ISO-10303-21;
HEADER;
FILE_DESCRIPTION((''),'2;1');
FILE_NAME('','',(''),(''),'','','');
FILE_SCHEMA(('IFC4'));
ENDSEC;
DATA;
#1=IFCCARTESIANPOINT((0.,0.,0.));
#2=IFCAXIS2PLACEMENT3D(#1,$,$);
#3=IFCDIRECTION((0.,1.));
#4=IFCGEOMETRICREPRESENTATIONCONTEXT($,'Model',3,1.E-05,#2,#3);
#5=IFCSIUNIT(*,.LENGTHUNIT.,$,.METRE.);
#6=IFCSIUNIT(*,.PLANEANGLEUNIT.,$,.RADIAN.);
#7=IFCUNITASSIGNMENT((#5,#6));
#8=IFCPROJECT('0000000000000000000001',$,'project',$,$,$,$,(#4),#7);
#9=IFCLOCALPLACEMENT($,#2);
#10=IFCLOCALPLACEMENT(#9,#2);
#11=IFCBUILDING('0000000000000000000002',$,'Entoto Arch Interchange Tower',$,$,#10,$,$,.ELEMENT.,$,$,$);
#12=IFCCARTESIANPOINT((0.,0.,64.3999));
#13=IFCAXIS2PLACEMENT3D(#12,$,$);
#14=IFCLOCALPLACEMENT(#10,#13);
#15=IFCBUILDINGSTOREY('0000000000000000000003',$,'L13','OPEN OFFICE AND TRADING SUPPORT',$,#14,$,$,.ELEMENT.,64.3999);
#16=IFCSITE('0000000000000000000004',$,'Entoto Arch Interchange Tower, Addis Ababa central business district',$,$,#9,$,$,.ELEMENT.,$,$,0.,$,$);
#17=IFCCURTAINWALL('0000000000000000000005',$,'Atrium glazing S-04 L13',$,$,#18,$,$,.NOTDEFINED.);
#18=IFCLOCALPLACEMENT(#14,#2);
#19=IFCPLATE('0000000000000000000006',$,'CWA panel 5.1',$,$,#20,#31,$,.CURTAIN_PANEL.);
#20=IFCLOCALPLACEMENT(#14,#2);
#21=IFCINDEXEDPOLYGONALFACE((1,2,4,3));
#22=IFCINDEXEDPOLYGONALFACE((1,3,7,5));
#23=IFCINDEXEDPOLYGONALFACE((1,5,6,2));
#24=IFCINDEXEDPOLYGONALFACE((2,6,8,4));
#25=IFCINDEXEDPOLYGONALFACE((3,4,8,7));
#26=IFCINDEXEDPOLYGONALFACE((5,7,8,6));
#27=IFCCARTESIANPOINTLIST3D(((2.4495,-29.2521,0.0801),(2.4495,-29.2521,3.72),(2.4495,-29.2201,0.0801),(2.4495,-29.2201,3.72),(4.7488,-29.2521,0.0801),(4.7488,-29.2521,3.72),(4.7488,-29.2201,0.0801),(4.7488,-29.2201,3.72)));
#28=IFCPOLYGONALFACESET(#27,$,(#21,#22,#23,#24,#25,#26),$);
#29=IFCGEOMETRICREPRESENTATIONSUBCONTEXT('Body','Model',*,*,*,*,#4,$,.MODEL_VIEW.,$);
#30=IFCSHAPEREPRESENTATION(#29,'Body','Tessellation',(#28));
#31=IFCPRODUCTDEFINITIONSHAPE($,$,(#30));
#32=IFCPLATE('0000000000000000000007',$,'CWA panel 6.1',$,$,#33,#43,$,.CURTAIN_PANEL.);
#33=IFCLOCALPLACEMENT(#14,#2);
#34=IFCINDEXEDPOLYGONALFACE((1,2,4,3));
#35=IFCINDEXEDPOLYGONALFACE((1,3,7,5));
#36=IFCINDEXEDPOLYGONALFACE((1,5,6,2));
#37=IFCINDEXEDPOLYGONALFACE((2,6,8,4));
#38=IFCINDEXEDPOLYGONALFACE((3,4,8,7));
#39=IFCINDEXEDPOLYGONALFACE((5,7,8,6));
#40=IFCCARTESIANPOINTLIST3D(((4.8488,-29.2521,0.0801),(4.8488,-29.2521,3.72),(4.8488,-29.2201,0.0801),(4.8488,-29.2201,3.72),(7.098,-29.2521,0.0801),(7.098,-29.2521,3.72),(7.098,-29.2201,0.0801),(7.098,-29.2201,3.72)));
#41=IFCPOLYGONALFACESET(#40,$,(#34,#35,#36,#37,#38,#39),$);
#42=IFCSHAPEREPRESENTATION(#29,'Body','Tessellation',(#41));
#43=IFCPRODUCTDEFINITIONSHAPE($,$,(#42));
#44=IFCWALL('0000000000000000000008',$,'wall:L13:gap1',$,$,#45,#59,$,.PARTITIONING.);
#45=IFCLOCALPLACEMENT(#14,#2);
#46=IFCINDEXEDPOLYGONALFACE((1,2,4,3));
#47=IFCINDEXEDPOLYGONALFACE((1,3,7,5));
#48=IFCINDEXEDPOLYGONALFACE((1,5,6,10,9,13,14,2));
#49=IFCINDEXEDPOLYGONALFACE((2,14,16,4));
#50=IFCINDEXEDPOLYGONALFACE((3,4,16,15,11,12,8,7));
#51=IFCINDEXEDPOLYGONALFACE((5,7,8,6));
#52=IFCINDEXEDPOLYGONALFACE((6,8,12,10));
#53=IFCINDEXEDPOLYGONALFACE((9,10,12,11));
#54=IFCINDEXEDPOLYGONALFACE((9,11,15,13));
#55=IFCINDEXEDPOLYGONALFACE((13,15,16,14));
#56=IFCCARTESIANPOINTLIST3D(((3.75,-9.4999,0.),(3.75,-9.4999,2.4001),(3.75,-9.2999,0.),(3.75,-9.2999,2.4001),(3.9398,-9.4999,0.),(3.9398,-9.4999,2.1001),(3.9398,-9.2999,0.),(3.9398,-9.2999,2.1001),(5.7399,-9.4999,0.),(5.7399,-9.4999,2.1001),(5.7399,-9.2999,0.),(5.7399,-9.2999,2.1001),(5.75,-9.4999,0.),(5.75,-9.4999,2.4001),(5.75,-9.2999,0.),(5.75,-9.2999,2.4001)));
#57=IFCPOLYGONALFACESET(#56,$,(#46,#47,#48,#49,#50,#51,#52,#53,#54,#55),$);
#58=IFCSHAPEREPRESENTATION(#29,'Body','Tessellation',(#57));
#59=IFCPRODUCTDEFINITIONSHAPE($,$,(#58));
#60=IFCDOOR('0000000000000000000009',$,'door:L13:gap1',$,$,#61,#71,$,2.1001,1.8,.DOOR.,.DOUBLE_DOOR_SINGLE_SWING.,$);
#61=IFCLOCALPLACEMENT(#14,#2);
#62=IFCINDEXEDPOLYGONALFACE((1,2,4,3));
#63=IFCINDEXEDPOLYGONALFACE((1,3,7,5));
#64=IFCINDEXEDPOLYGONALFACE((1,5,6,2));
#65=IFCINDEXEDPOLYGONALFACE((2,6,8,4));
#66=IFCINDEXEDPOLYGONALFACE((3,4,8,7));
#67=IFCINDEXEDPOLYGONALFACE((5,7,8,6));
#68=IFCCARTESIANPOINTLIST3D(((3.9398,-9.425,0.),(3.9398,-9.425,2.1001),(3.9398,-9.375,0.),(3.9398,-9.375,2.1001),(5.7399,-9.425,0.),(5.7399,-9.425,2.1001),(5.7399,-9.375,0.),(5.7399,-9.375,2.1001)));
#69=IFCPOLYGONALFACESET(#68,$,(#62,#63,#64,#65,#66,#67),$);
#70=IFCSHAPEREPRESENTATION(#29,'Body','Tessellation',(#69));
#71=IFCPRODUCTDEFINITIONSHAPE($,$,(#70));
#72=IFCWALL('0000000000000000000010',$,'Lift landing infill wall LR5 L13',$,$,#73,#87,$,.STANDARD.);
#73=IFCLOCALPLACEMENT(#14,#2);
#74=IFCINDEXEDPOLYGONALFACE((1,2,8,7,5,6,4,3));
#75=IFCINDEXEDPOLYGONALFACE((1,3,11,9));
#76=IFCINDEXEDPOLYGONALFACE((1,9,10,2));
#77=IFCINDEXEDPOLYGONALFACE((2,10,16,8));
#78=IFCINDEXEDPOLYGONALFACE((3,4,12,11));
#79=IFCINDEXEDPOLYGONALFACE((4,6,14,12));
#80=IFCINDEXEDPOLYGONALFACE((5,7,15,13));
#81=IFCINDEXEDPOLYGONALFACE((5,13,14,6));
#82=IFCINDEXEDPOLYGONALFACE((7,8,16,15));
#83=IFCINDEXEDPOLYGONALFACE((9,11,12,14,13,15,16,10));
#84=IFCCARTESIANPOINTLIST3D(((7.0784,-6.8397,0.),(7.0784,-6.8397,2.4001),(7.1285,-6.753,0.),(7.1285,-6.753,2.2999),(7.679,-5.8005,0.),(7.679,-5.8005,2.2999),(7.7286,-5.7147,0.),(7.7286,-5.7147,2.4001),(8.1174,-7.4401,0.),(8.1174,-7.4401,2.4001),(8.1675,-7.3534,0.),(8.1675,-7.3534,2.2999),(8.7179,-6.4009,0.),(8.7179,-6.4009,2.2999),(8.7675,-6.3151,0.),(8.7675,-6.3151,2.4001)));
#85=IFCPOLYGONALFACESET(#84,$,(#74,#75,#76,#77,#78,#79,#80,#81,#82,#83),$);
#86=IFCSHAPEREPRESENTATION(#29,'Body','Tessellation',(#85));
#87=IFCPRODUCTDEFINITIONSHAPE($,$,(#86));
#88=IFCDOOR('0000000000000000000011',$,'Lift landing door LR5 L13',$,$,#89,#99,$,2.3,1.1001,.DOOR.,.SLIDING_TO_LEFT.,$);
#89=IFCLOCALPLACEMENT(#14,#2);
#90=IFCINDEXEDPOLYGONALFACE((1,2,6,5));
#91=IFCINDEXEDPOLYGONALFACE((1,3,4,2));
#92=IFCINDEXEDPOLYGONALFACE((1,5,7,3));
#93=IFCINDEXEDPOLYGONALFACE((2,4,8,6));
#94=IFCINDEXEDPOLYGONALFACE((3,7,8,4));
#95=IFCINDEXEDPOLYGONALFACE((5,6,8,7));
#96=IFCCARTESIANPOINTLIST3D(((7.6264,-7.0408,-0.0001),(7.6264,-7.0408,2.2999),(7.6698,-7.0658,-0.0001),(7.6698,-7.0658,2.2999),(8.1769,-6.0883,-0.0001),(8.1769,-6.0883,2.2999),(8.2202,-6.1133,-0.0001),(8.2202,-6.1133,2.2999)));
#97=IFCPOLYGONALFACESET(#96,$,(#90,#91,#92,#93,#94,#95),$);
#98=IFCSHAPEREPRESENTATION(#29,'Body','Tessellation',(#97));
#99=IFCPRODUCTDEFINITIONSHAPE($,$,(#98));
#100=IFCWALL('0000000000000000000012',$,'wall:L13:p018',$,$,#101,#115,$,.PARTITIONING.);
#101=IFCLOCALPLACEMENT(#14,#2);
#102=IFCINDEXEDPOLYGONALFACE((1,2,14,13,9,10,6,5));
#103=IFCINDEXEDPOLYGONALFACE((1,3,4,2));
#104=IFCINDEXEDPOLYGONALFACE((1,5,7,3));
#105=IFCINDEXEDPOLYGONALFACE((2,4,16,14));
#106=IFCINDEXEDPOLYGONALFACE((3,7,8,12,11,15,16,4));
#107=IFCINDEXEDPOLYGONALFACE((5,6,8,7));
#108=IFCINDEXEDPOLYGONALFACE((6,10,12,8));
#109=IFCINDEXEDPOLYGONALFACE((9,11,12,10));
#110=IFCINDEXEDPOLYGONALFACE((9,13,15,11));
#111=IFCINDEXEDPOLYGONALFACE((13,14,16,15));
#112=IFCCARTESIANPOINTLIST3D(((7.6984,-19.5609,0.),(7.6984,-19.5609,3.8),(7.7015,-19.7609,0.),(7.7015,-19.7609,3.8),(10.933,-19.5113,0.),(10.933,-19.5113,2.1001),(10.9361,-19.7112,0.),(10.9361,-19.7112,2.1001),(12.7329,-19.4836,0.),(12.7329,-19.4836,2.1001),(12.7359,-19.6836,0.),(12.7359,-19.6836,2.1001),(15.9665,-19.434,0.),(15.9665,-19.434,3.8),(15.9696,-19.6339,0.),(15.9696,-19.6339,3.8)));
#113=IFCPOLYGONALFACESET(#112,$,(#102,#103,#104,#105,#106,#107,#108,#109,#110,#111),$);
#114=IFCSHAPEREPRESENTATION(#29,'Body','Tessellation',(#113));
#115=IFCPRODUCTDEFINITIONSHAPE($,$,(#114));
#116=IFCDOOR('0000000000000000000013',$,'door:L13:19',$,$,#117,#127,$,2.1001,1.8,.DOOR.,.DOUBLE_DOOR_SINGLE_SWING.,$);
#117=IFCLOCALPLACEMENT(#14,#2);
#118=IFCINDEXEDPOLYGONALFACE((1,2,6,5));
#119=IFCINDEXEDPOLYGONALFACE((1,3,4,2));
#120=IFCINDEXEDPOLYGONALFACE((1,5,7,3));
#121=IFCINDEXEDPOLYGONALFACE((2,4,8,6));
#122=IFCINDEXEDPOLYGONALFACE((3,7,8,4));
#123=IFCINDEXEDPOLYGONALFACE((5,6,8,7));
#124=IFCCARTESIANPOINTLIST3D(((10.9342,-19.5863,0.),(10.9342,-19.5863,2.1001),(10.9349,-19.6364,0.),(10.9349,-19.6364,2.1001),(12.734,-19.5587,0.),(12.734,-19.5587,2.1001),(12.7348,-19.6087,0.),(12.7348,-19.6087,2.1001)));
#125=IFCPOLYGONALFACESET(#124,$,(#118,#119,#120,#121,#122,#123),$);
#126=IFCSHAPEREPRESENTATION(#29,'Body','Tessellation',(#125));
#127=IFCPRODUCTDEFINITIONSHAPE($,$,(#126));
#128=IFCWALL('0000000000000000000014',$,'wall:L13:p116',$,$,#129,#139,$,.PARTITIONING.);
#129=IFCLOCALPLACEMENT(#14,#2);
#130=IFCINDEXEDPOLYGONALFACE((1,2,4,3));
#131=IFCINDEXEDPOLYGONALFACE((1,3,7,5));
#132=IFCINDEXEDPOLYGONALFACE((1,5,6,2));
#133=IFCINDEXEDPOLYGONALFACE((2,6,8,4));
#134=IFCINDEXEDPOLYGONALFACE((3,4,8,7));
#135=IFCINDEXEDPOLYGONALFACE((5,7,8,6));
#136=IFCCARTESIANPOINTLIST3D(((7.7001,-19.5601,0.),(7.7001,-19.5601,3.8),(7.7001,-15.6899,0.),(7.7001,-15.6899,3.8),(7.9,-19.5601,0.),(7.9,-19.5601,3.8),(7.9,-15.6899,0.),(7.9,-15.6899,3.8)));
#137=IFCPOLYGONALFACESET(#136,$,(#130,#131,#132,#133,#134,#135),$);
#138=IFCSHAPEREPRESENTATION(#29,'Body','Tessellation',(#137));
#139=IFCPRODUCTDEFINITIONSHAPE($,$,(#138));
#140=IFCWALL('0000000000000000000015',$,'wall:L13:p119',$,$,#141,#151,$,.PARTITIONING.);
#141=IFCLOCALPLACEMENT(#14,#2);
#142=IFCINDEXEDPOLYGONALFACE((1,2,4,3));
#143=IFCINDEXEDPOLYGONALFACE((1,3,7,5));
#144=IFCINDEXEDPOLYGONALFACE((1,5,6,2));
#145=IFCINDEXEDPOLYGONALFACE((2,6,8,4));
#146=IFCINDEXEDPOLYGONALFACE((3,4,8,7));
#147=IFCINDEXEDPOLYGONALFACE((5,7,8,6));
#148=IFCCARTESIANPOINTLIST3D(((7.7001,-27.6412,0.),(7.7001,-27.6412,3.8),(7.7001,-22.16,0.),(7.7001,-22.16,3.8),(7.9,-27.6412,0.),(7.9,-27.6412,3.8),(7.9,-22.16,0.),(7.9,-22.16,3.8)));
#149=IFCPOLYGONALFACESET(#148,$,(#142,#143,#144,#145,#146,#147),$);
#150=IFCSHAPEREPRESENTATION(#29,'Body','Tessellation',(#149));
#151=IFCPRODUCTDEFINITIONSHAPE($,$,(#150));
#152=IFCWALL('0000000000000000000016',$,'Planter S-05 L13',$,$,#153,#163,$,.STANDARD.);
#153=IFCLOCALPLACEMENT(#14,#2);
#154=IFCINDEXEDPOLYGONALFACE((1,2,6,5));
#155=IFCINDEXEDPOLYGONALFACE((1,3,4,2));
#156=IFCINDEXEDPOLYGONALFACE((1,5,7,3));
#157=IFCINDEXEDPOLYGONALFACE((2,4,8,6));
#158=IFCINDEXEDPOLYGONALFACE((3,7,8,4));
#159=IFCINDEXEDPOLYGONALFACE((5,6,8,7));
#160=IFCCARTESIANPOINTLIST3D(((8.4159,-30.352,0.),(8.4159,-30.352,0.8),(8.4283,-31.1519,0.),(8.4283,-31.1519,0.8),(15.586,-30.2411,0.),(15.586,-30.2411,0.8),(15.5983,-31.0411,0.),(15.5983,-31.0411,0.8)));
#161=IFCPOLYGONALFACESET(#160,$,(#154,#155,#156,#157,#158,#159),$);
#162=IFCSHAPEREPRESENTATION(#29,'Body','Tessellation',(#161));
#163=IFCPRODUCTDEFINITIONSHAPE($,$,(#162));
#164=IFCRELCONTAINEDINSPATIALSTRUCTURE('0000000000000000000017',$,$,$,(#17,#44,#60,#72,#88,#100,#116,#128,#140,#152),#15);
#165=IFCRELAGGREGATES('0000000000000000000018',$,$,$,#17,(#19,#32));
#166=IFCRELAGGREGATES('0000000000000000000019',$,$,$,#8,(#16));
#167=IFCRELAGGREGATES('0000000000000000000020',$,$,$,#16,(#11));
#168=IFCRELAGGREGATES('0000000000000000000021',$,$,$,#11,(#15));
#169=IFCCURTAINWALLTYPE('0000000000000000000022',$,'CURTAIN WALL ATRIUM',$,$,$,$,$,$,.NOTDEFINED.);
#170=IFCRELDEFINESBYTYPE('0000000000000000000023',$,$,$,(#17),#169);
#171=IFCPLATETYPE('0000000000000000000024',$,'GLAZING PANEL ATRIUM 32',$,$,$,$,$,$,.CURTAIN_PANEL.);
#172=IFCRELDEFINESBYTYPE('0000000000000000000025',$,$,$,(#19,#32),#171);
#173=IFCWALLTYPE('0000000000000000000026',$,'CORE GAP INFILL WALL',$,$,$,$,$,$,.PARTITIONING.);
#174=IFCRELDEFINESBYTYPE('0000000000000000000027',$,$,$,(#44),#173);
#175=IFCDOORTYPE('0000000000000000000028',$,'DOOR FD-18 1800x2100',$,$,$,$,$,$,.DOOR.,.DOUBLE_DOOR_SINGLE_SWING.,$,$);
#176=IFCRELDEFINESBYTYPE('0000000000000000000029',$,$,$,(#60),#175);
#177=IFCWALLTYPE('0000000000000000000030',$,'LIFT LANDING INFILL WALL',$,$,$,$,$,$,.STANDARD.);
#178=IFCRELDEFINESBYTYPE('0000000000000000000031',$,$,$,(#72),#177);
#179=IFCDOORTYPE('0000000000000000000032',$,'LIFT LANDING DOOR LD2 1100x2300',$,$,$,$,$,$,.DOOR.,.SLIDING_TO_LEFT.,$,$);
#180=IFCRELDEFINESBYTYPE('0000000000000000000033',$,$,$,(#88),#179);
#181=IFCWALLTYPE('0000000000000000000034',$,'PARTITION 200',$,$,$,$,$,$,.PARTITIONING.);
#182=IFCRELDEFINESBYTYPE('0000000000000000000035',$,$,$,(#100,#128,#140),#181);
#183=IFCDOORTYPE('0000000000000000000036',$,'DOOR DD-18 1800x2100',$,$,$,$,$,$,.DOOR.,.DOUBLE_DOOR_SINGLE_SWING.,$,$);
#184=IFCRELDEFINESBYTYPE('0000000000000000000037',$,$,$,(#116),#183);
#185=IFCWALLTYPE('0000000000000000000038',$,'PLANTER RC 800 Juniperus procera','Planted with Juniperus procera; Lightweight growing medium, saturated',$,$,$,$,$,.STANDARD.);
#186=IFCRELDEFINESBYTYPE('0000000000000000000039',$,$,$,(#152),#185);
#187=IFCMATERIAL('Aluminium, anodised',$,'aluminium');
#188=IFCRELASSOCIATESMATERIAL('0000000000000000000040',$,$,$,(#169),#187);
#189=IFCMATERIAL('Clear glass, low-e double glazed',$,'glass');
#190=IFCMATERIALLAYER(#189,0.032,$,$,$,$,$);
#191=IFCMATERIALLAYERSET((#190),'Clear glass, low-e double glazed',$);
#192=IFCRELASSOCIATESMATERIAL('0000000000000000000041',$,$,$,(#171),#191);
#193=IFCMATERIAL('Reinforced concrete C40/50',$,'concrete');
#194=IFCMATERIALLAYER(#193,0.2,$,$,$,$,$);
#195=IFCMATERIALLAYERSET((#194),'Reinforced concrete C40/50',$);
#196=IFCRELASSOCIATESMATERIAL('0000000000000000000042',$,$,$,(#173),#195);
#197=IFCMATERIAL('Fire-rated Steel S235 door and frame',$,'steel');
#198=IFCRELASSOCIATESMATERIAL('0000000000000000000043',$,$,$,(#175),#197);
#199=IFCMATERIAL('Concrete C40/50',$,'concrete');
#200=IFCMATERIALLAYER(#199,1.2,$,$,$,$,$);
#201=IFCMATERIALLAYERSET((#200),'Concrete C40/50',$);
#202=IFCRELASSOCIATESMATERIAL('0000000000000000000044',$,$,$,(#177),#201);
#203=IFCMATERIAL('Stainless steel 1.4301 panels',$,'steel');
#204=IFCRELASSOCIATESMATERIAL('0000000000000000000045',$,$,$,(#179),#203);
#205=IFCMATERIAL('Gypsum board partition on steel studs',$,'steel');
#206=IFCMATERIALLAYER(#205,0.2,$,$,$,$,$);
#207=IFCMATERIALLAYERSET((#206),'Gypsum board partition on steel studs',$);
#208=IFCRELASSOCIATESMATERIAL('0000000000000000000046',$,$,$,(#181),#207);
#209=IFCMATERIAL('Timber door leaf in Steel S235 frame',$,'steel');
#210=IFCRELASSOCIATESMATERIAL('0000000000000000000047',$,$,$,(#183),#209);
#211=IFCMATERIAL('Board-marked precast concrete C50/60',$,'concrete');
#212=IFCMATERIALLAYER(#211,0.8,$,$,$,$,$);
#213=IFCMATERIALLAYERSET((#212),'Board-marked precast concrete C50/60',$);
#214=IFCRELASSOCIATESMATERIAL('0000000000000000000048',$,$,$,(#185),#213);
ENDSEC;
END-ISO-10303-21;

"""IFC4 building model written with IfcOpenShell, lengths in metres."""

from ifc_helpers import new_model, si_unit, direction, frame, frame_2d, origin, origin_2d, place, context, subcontext, project, spatial, rectangle, extrude, material, layer, layer_set, type_object, element, fill, aggregate, save


model = new_model("IFC4")

# Units and contexts
model_context = context("Model", 3, precision=1e-05, world=origin(), true_north=direction((0.0, 1.0)))
body_context = subcontext(model_context, "Body", "Model", "MODEL_VIEW")
ifc_project = project(units=[si_unit("LENGTHUNIT", "METRE"), si_unit("PLANEANGLEUNIT", "RADIAN")], contexts=[model_context])

# Site, building, storey
site_placement = place(None, origin())
site = spatial("IfcSite", under=ifc_project, at=site_placement, Name="Entoto Arch Interchange Tower, Addis Ababa central business district", CompositionType="ELEMENT", RefElevation=0.0)
building_placement = place(site_placement, origin())
building = spatial("IfcBuilding", under=site, at=building_placement, Name="Entoto Arch Interchange Tower", CompositionType="ELEMENT")
storey_placement = place(building_placement, frame((0.0, 0.0, 64.3999)))
storey = spatial("IfcBuildingStorey", under=building, at=storey_placement, Name="L13", Description="OPEN OFFICE AND TRADING SUPPORT", CompositionType="ELEMENT", Elevation=64.3999)

# Curtain wall, plates
ifc_material_1 = material(Name="Aluminium, anodised", Category="aluminium")
curtain_wall_type = type_object("IfcCurtainWallType", Name="CURTAIN WALL ATRIUM", PredefinedType="NOTDEFINED", material=ifc_material_1)
curtain_wall_placement = place(storey_placement, origin())
curtain_wall = element("IfcCurtainWall", 1, at=curtain_wall_placement, inside=storey, type_object=curtain_wall_type, Name="Atrium glazing S-04 L13", PredefinedType="NOTDEFINED")
ifc_material_2 = material(Name="Clear glass, low-e double glazed", Category="glass")
ifc_layer_1 = layer(ifc_material_2, 0.032)
ifc_layer_set_1 = layer_set([ifc_layer_1], Name="Clear glass, low-e double glazed")
plate_type = type_object("IfcPlateType", Name="GLAZING PANEL ATRIUM 32", PredefinedType="CURTAIN_PANEL", material=ifc_layer_set_1)
plate_1_placement = place(storey_placement, frame((3.5991, -29.2361, 0.0801), z_axis=(0.0, 0.0, 1.0), x_axis=(1.0, 0.0, 0.0)))
plate_1 = element("IfcPlate", 2, at=plate_1_placement, type_object=plate_type, Name="CWA panel 5.1", PredefinedType="CURTAIN_PANEL", context=body_context, shape_type="SweptSolid", body=[
    extrude(rectangle(XDim=2.2993, YDim=0.032, at=origin_2d()), origin(), (0.0, 0.0, 1.0), 3.6399),
])
plate_2_placement = place(storey_placement, frame((5.9734, -29.2361, 0.0801), z_axis=(0.0, 0.0, 1.0), x_axis=(1.0, 0.0, 0.0)))
plate_2 = element("IfcPlate", 3, at=plate_2_placement, type_object=plate_type, Name="CWA panel 6.1", PredefinedType="CURTAIN_PANEL", context=body_context, shape_type="SweptSolid", body=[
    extrude(rectangle(XDim=2.2493, YDim=0.032, at=origin_2d()), origin(), (0.0, 0.0, 1.0), 3.6399),
])
aggregate(curtain_wall, [plate_1, plate_2])

# Walls, openings, doors
ifc_material_3 = material(Name="Reinforced concrete C40/50", Category="concrete")
ifc_layer_2 = layer(ifc_material_3, 0.2)
ifc_layer_set_2 = layer_set([ifc_layer_2], Name="Reinforced concrete C40/50")
wall_type_1 = type_object("IfcWallType", Name="CORE GAP INFILL WALL", PredefinedType="PARTITIONING", material=ifc_layer_set_2)
wall_1_placement = place(storey_placement, frame((3.75, -9.3999, 0.0), z_axis=(0.0, 0.0, 1.0), x_axis=(1.0, 0.0, 0.0)))
wall_1 = element("IfcWall", 4, at=wall_1_placement, inside=storey, type_object=wall_type_1, Name="wall:L13:gap1", PredefinedType="PARTITIONING", context=body_context, shape_type="SweptSolid", body=[
    extrude(rectangle(XDim=2.0, YDim=0.2, at=frame_2d((1.0, 0.0))), origin(), (0.0, 0.0, 1.0), 2.4001),
])
opening_1_placement = place(wall_1_placement, frame((0.1899, 0.0, 0.0)))
opening_1 = element("IfcOpeningElement", 5, at=opening_1_placement, cuts=wall_1, PredefinedType="OPENING", context=body_context, shape_type="SweptSolid", body=[
    extrude(rectangle(XDim=1.8, YDim=2.1001, at=frame_2d((0.8999, 1.05))), frame((0.0, 0.1099, 0.0), z_axis=(0.0, -1.0, 0.0), x_axis=(1.0, 0.0, 0.0)), (0.0, 0.0, 1.0), 0.22),
])
ifc_material_4 = material(Name="Fire-rated Steel S235 door and frame", Category="steel")
door_type_1 = type_object("IfcDoorType", Name="DOOR FD-18 1800x2100", OperationType="DOUBLE_DOOR_SINGLE_SWING", PredefinedType="DOOR", material=ifc_material_4)
door_1_placement = place(opening_1_placement, origin())
door_1 = element("IfcDoor", 6, at=door_1_placement, inside=storey, type_object=door_type_1, Name="door:L13:gap1", OperationType="DOUBLE_DOOR_SINGLE_SWING", OverallHeight=2.1001, OverallWidth=1.8, PredefinedType="DOOR", context=body_context, shape_type="SweptSolid", body=[
    extrude(rectangle(XDim=1.8, YDim=2.1001, at=frame_2d((0.8999, 1.05))), frame((0.0, 0.0249, 0.0), z_axis=(0.0, -1.0, 0.0), x_axis=(1.0, 0.0, 0.0)), (0.0, 0.0, 1.0), 0.05),
])
fill(opening_1, door_1)
ifc_material_5 = material(Name="Concrete C40/50", Category="concrete")
ifc_layer_3 = layer(ifc_material_5, 1.2)
ifc_layer_set_3 = layer_set([ifc_layer_3], Name="Concrete C40/50")
wall_type_2 = type_object("IfcWallType", Name="LIFT LANDING INFILL WALL", PredefinedType="STANDARD", material=ifc_layer_set_3)
wall_2_placement = place(storey_placement, frame((7.5979, -7.1399, 0.0), z_axis=(0.0, 0.0, 1.0), x_axis=(0.500362, 0.865816, 0.0)))
wall_2 = element("IfcWall", 7, at=wall_2_placement, inside=storey, type_object=wall_type_2, Name="Lift landing infill wall LR5 L13", PredefinedType="STANDARD", context=body_context, shape_type="SweptSolid", body=[
    extrude(rectangle(XDim=1.2993, YDim=1.2, at=frame_2d((0.6497, 0.0))), origin(), (0.0, 0.0, 1.0), 2.4001),
])
opening_2_placement = place(wall_2_placement, frame((0.1001, 0.0, 0.0)))
opening_2 = element("IfcOpeningElement", 8, at=opening_2_placement, cuts=wall_2, PredefinedType="OPENING", context=body_context, shape_type="SweptSolid", body=[
    extrude(rectangle(XDim=1.1001, YDim=2.3, at=frame_2d((0.55, 1.1499))), frame((0.0, 0.6099, 0.0), z_axis=(0.0, -1.0, 0.0), x_axis=(1.0, 0.0, 0.0)), (0.0, 0.0, 1.0), 1.22),
])
ifc_material_6 = material(Name="Stainless steel 1.4301 panels", Category="steel")
door_type_2 = type_object("IfcDoorType", Name="LIFT LANDING DOOR LD2 1100x2300", OperationType="SLIDING_TO_LEFT", PredefinedType="DOOR", material=ifc_material_6)
door_2_placement = place(opening_2_placement, origin())
door_2 = element("IfcDoor", 9, at=door_2_placement, inside=storey, type_object=door_type_2, Name="Lift landing door LR5 L13", OperationType="SLIDING_TO_LEFT", OverallHeight=2.3, OverallWidth=1.1001, PredefinedType="DOOR", context=body_context, shape_type="SweptSolid", body=[
    extrude(rectangle(XDim=1.1001, YDim=2.3, at=frame_2d((0.55, 1.1499))), frame((0.0, 0.0249, 0.0), z_axis=(0.0, -1.0, 0.0), x_axis=(1.0, 0.0, 0.0)), (0.0, 0.0, 1.0), 0.05),
])
fill(opening_2, door_2)
ifc_material_7 = material(Name="Gypsum board partition on steel studs", Category="steel")
ifc_layer_4 = layer(ifc_material_7, 0.2)
ifc_layer_set_4 = layer_set([ifc_layer_4], Name="Gypsum board partition on steel studs")
wall_type_3 = type_object("IfcWallType", Name="PARTITION 200", PredefinedType="PARTITIONING", material=ifc_layer_set_4)
wall_3_placement = place(storey_placement, frame((7.7, -19.6609, 0.0), z_axis=(0.0, 0.0, 1.0), x_axis=(0.999882, 0.015353, 0.0)))
wall_3 = element("IfcWall", 10, at=wall_3_placement, inside=storey, type_object=wall_type_3, Name="wall:L13:p018", PredefinedType="PARTITIONING", context=body_context, shape_type="SweptSolid", body=[
    extrude(rectangle(XDim=8.269, YDim=0.2, at=frame_2d((4.1345, 0.0))), origin(), (0.0, 0.0, 1.0), 3.8),
])
opening_3_placement = place(wall_3_placement, frame((3.2351, 0.0, 0.0)))
opening_3 = element("IfcOpeningElement", 11, at=opening_3_placement, cuts=wall_3, PredefinedType="OPENING", context=body_context, shape_type="SweptSolid", body=[
    extrude(rectangle(XDim=1.8, YDim=2.1001, at=frame_2d((0.8999, 1.05))), frame((0.0, 0.1099, 0.0), z_axis=(0.0, -1.0, 0.0), x_axis=(1.0, 0.0, 0.0)), (0.0, 0.0, 1.0), 0.22),
])
ifc_material_8 = material(Name="Timber door leaf in Steel S235 frame", Category="steel")
door_type_3 = type_object("IfcDoorType", Name="DOOR DD-18 1800x2100", OperationType="DOUBLE_DOOR_SINGLE_SWING", PredefinedType="DOOR", material=ifc_material_8)
door_3_placement = place(opening_3_placement, origin())
door_3 = element("IfcDoor", 12, at=door_3_placement, inside=storey, type_object=door_type_3, Name="door:L13:19", OperationType="DOUBLE_DOOR_SINGLE_SWING", OverallHeight=2.1001, OverallWidth=1.8, PredefinedType="DOOR", context=body_context, shape_type="SweptSolid", body=[
    extrude(rectangle(XDim=1.8, YDim=2.1001, at=frame_2d((0.8999, 1.05))), frame((0.0, 0.0249, 0.0), z_axis=(0.0, -1.0, 0.0), x_axis=(1.0, 0.0, 0.0)), (0.0, 0.0, 1.0), 0.05),
])
fill(opening_3, door_3)

# Walls
wall_4_placement = place(storey_placement, frame((7.8, -15.6899, 0.0), z_axis=(0.0, 0.0, 1.0), x_axis=(0.0, -1.0, 0.0)))
element("IfcWall", 13, at=wall_4_placement, inside=storey, type_object=wall_type_3, Name="wall:L13:p116", PredefinedType="PARTITIONING", context=body_context, shape_type="SweptSolid", body=[
    extrude(rectangle(XDim=3.8701, YDim=0.2, at=frame_2d((1.9351, 0.0))), origin(), (0.0, 0.0, 1.0), 3.8),
])
wall_5_placement = place(storey_placement, frame((7.8, -22.1599, 0.0), z_axis=(0.0, 0.0, 1.0), x_axis=(0.0, -1.0, 0.0)))
element("IfcWall", 14, at=wall_5_placement, inside=storey, type_object=wall_type_3, Name="wall:L13:p119", PredefinedType="PARTITIONING", context=body_context, shape_type="SweptSolid", body=[
    extrude(rectangle(XDim=5.4812, YDim=0.2, at=frame_2d((2.7407, 0.0))), origin(), (0.0, 0.0, 1.0), 3.8),
])
ifc_material_9 = material(Name="Board-marked precast concrete C50/60", Category="concrete")
ifc_layer_5 = layer(ifc_material_9, 0.8)
ifc_layer_set_5 = layer_set([ifc_layer_5], Name="Board-marked precast concrete C50/60")
wall_type_4 = type_object("IfcWallType", Name="PLANTER RC 800 Juniperus procera", Description="Planted with Juniperus procera; Lightweight growing medium, saturated", PredefinedType="STANDARD", material=ifc_layer_set_5)
wall_6_placement = place(storey_placement, frame((8.4221, -30.752, 0.0), z_axis=(0.0, 0.0, 1.0), x_axis=(0.999881, 0.015457, 0.0)))
element("IfcWall", 15, at=wall_6_placement, inside=storey, type_object=wall_type_4, Name="Planter S-05 L13", PredefinedType="STANDARD", context=body_context, shape_type="SweptSolid", body=[
    extrude(rectangle(XDim=7.1709, YDim=0.8, at=frame_2d((3.5854, 0.0))), origin(), (0.0, 0.0, 1.0), 0.8),
])

save(model, "model.ifc")
